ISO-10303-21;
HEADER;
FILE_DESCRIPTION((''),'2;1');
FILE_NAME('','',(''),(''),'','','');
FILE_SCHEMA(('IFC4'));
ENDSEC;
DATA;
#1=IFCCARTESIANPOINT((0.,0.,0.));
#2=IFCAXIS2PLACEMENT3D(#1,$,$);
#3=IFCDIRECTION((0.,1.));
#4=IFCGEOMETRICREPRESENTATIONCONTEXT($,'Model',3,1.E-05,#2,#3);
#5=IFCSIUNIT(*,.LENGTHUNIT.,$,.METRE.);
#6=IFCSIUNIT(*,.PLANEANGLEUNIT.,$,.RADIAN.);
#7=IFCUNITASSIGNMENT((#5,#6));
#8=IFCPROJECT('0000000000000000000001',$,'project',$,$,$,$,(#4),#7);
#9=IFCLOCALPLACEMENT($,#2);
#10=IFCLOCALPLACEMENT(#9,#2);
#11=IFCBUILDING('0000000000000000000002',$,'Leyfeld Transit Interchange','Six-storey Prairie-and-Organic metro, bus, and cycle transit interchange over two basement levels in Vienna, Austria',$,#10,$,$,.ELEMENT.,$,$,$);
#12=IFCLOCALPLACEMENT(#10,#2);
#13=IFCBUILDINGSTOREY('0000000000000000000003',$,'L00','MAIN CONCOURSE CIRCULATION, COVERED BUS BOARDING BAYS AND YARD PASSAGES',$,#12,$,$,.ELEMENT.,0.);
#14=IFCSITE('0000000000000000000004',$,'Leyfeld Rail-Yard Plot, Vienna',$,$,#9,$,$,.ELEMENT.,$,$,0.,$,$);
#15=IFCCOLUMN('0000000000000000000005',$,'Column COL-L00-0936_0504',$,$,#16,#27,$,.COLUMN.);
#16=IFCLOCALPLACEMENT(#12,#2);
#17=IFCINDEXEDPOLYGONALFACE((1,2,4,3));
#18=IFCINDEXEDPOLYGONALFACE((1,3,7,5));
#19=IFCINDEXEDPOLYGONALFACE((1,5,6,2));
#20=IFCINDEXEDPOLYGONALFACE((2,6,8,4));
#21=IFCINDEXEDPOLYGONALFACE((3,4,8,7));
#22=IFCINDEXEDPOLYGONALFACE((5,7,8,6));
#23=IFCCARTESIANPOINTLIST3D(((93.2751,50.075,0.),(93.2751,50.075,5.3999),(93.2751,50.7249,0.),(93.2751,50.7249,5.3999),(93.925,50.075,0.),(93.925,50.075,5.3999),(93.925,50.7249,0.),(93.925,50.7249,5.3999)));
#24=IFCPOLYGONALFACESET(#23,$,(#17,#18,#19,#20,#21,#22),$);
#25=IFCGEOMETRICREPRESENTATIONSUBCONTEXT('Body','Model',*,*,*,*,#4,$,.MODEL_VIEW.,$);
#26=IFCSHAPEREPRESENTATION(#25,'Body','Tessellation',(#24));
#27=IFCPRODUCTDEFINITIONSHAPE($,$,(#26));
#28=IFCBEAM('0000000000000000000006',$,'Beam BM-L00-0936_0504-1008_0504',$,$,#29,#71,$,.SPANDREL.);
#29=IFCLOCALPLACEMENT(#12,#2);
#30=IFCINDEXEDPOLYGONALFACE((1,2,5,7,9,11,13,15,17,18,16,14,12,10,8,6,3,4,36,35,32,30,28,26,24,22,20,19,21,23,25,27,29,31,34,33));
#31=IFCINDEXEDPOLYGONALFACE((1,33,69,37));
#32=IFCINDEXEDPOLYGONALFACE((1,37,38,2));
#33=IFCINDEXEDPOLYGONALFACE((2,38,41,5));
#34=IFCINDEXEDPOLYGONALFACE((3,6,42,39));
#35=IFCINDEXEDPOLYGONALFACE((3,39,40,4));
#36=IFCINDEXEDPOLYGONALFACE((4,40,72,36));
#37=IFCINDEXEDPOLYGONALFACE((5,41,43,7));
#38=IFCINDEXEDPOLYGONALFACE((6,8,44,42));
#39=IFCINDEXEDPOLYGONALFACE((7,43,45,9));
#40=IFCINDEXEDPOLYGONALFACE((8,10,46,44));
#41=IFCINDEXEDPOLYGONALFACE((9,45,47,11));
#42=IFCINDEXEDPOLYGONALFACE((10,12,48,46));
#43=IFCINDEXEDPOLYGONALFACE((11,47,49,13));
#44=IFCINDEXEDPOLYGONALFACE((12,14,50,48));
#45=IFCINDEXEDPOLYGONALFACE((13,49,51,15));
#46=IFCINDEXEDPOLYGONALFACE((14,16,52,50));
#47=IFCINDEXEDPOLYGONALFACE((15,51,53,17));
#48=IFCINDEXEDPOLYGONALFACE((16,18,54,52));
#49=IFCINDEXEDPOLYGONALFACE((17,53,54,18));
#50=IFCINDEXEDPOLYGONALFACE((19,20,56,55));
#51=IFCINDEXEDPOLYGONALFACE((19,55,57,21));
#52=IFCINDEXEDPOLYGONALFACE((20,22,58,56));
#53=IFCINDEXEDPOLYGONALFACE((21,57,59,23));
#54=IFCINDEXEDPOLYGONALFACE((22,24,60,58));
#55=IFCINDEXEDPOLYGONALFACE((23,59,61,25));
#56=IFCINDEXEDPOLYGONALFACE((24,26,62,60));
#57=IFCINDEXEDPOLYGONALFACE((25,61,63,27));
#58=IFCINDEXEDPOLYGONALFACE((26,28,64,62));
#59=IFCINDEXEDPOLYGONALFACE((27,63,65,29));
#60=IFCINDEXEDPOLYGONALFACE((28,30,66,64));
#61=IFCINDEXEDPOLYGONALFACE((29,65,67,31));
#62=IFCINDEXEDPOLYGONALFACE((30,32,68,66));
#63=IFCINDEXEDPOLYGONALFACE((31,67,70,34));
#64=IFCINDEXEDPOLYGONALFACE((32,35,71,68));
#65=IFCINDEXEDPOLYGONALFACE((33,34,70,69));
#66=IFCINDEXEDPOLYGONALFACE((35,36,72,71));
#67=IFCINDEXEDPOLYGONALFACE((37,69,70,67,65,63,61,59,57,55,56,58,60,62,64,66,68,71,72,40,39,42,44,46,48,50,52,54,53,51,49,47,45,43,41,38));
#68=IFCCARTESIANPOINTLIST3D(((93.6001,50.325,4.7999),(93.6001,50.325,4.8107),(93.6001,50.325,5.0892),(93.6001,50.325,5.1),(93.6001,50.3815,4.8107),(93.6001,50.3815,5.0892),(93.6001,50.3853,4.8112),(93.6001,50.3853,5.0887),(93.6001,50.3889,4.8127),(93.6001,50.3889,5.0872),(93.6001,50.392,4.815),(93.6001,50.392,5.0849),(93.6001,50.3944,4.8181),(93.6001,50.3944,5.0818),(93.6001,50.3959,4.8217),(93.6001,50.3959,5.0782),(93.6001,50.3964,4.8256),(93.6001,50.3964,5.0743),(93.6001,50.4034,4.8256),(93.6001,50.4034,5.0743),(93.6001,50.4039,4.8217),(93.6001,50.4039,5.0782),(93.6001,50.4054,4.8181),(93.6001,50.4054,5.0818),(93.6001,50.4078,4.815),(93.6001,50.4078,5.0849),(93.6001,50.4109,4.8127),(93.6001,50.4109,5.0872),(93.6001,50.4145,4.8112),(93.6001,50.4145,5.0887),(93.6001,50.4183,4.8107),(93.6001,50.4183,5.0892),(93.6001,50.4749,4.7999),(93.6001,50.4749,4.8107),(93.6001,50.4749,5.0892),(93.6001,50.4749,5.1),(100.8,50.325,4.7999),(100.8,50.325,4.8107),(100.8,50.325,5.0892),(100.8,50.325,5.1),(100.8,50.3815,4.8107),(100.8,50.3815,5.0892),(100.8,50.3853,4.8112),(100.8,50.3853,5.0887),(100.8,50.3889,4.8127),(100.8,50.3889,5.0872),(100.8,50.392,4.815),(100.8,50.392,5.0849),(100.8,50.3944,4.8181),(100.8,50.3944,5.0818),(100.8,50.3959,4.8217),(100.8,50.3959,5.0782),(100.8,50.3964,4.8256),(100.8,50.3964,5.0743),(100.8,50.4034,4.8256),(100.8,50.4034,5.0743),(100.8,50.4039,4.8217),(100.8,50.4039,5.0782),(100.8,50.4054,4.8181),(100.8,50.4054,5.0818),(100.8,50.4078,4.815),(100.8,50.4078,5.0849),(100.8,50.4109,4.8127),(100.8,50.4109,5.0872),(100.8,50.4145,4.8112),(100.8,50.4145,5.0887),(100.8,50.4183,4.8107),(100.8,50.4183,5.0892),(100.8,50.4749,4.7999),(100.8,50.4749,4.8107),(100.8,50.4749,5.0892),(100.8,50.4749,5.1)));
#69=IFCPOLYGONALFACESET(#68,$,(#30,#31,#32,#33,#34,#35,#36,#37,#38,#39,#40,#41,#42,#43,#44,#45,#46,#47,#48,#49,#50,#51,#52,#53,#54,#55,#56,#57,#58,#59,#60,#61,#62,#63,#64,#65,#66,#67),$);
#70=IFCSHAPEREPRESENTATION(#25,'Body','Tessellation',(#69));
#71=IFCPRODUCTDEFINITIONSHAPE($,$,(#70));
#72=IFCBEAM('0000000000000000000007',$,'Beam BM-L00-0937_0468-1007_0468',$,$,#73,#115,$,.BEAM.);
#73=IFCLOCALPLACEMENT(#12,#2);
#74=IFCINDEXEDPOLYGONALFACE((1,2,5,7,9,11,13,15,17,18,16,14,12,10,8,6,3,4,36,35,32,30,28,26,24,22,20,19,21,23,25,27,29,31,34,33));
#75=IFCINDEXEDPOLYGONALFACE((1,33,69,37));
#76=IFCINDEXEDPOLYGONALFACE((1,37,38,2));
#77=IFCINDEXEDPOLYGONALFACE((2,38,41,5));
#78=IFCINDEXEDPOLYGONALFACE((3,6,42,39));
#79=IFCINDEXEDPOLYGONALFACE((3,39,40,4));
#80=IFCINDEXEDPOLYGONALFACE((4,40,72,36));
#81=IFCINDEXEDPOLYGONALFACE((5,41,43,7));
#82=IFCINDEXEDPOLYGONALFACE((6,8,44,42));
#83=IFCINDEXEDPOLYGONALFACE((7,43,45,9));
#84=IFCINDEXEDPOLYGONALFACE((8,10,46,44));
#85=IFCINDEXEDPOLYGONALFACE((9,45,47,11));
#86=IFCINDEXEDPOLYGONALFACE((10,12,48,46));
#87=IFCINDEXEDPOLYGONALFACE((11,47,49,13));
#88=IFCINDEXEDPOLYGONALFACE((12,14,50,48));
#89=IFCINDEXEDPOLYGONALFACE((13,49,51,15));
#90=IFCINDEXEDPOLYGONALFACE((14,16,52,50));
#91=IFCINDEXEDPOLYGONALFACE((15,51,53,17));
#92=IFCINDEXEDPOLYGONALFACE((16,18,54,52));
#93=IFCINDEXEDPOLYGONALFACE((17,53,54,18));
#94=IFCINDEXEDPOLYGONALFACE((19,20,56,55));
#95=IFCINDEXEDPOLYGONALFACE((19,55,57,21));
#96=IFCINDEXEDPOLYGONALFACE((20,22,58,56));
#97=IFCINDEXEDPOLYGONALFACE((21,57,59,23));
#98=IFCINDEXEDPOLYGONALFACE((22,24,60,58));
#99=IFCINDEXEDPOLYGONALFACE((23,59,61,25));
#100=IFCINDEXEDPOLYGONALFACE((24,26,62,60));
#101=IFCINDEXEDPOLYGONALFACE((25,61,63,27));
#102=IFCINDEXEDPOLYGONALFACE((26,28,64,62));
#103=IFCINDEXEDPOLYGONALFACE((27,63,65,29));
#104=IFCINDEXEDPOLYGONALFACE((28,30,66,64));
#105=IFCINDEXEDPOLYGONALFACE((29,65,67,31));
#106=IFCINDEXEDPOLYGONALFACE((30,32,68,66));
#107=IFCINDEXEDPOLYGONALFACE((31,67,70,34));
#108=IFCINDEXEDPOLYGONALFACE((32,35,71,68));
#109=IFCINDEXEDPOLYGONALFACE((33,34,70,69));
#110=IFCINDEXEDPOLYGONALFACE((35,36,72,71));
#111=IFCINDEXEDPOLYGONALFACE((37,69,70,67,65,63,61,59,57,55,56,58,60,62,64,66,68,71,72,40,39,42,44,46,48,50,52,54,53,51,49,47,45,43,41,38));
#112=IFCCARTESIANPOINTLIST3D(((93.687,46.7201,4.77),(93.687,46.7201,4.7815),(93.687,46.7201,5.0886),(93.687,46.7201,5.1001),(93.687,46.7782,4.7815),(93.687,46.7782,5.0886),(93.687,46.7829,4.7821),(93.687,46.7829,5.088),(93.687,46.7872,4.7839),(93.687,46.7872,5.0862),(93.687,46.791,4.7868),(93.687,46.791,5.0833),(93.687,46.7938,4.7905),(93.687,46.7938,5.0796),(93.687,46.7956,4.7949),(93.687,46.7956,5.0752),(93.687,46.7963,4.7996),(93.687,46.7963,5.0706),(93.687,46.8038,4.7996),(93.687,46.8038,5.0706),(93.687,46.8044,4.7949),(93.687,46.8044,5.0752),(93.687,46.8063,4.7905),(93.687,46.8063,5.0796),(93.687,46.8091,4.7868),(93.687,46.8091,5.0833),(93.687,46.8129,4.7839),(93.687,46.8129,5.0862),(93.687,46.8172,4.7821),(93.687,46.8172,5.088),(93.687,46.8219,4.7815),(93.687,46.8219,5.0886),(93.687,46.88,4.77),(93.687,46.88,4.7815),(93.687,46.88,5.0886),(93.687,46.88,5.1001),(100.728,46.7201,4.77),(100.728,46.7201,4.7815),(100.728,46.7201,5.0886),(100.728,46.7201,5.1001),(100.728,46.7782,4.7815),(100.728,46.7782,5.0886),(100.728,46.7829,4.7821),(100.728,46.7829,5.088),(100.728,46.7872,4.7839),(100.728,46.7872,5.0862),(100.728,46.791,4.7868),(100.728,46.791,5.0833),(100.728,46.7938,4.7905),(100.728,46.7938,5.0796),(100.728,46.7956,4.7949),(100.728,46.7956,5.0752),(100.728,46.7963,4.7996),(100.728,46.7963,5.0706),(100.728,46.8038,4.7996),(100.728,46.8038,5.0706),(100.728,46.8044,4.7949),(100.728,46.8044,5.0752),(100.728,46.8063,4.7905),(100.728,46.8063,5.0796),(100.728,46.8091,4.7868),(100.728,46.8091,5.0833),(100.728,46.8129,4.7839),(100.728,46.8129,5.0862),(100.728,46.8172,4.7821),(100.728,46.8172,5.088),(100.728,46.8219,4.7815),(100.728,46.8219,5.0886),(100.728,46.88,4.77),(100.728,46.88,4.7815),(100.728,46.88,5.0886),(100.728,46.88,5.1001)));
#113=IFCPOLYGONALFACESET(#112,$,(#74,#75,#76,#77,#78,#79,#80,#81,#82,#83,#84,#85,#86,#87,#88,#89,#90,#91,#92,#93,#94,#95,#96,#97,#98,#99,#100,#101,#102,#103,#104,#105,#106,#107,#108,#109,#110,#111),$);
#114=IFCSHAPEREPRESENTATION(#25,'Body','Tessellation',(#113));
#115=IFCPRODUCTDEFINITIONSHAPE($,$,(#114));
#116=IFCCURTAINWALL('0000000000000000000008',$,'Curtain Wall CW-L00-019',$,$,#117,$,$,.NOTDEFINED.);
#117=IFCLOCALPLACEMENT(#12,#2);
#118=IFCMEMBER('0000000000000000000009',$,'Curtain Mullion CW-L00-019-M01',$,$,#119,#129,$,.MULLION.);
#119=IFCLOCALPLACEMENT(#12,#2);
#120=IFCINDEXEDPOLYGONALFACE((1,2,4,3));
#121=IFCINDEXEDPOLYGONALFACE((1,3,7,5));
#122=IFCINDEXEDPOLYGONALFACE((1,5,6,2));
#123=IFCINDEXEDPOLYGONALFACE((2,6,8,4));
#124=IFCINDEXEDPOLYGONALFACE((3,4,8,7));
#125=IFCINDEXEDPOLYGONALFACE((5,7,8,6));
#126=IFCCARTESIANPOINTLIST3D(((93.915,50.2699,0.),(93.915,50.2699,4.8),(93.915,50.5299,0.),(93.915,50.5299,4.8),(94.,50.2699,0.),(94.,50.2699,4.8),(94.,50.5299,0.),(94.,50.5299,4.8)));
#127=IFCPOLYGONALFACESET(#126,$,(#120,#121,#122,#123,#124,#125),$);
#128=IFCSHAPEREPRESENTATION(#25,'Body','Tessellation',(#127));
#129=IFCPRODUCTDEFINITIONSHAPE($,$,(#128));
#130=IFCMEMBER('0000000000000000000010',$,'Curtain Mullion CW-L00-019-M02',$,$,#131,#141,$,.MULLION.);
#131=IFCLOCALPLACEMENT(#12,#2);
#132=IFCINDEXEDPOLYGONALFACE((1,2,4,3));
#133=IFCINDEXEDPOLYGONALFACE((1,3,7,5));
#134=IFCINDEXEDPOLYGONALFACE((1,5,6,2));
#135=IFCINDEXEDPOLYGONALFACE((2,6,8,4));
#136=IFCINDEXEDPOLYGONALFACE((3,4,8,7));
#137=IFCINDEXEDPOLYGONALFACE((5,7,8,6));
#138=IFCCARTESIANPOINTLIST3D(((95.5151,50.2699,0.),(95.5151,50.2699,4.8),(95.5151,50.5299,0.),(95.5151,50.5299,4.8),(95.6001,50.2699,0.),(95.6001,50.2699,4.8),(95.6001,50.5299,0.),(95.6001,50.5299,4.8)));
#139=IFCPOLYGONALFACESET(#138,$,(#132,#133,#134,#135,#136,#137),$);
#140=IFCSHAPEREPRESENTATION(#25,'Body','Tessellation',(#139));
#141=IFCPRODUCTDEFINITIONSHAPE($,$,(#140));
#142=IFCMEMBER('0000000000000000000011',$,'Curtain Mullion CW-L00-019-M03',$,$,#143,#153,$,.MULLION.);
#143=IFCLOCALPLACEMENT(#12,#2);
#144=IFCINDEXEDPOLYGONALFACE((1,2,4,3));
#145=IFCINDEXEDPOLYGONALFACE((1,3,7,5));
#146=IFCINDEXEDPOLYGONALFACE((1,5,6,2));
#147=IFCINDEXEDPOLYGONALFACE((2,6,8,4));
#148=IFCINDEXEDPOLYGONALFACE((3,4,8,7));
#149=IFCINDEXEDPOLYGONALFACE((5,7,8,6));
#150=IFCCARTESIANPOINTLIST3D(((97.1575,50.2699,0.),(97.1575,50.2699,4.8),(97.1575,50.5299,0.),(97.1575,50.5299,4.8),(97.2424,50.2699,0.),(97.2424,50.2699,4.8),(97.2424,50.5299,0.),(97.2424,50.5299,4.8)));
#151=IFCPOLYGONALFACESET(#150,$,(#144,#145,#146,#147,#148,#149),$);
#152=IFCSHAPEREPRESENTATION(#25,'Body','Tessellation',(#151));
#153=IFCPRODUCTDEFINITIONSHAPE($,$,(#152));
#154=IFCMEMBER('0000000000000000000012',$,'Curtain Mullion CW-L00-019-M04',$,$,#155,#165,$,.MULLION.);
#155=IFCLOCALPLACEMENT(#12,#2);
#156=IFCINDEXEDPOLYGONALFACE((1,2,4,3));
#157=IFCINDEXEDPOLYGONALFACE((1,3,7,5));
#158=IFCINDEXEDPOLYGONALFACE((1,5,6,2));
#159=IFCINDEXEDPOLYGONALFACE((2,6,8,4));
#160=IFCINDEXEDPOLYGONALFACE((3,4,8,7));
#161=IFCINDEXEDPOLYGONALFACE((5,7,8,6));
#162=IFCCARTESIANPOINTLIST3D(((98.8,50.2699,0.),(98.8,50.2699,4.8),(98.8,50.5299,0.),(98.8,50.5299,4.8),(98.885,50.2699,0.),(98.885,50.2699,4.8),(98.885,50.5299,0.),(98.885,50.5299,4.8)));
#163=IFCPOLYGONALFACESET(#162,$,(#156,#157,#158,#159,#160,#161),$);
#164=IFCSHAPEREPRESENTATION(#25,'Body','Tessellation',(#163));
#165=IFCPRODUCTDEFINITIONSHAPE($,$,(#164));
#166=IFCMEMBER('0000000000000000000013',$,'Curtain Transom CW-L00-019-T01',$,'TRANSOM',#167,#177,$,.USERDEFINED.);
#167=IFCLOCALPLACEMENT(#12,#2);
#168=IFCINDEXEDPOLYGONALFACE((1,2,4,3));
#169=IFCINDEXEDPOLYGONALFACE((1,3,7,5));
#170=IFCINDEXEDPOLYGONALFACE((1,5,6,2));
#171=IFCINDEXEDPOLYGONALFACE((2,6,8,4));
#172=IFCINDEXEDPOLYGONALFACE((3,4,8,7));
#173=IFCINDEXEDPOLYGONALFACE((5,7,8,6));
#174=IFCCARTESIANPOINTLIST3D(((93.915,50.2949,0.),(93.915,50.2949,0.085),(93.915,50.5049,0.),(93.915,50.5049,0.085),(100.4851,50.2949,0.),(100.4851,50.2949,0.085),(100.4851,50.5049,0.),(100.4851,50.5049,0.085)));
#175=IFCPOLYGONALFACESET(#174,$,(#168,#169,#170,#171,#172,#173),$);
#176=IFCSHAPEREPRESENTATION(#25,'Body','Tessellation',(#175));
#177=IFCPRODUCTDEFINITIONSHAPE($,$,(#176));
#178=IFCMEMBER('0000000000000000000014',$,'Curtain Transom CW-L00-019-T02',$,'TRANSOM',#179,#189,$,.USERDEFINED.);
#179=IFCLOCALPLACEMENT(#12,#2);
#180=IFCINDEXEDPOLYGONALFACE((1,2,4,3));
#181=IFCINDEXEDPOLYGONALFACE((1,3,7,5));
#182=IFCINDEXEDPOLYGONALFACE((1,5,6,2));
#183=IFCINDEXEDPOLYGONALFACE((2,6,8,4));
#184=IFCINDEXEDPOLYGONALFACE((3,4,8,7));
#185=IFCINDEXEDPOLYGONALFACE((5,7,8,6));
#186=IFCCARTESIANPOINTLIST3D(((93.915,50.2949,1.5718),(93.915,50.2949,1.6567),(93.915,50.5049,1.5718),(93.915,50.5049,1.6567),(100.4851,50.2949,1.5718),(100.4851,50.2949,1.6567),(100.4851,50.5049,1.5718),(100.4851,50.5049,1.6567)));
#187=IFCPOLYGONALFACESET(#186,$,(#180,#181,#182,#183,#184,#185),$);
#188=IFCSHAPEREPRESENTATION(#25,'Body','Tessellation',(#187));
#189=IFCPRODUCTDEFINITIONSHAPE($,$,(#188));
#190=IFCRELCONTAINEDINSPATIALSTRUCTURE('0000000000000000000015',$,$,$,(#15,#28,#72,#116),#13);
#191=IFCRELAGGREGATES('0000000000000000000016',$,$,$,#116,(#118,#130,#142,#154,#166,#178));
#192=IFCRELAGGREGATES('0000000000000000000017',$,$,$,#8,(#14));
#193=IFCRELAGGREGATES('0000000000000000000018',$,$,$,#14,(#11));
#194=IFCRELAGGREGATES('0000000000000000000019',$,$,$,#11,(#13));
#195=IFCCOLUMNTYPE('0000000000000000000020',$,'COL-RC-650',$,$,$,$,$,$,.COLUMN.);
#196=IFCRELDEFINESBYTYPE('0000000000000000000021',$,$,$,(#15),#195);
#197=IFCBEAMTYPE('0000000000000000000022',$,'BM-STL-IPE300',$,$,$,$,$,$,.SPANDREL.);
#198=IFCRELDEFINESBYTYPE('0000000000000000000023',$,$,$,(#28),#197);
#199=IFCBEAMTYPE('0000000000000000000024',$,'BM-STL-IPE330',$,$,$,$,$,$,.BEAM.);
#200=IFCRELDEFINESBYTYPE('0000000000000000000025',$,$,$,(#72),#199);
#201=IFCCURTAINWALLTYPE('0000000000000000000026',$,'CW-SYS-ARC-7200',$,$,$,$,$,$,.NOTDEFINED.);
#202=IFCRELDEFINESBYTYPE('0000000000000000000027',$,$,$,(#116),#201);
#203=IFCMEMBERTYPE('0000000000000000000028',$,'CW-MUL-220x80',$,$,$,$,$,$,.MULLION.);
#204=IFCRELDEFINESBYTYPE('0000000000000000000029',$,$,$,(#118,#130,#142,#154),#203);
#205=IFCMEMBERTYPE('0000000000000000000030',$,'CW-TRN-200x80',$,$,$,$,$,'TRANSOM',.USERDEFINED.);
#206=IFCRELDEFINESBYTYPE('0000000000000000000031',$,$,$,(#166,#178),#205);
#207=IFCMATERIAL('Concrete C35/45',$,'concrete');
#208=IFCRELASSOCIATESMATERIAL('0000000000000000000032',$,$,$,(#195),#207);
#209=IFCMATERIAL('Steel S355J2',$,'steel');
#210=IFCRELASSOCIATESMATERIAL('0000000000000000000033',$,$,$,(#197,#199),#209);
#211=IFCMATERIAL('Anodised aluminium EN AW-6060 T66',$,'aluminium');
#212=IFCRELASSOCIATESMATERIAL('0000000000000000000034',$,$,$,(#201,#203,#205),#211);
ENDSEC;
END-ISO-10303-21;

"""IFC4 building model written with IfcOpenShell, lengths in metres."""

from ifc_helpers import new_model, si_unit, direction, frame, origin, origin_2d, place, context, subcontext, project, spatial, rectangle, i_section, extrude, material, material_profile, profile_set, type_object, element, aggregate, save


model = new_model("IFC4")

# Units and contexts
model_context = context("Model", 3, precision=1e-05, world=origin(), true_north=direction((0.0, 1.0)))
body_context = subcontext(model_context, "Body", "Model", "MODEL_VIEW")
ifc_project = project(units=[si_unit("LENGTHUNIT", "METRE"), si_unit("PLANEANGLEUNIT", "RADIAN")], contexts=[model_context])

# Site, building, storey
site_placement = place(None, origin())
site = spatial("IfcSite", under=ifc_project, at=site_placement, Name="Leyfeld Rail-Yard Plot, Vienna", CompositionType="ELEMENT", RefElevation=0.0)
building_placement = place(site_placement, origin())
building = spatial("IfcBuilding", under=site, at=building_placement, Name="Leyfeld Transit Interchange", Description="Six-storey Prairie-and-Organic metro, bus, and cycle transit interchange over two basement levels in Vienna, Austria", CompositionType="ELEMENT")
storey_placement = place(building_placement, origin())
storey = spatial("IfcBuildingStorey", under=building, at=storey_placement, Name="L00", Description="MAIN CONCOURSE CIRCULATION, COVERED BUS BOARDING BAYS AND YARD PASSAGES", CompositionType="ELEMENT", Elevation=0.0)

# Column
ifc_material_1 = material(Name="Concrete C35/45", Category="concrete")
ifc_material_profile_1 = material_profile(ifc_material_1, rectangle(XDim=0.6499, YDim=0.6499, at=origin_2d()), Name="RC 650x650")
ifc_profile_set_1 = profile_set([ifc_material_profile_1], Name="Concrete C35/45")
column_type = type_object("IfcColumnType", Name="COL-RC-650", PredefinedType="COLUMN", material=ifc_profile_set_1)
column_placement = place(storey_placement, frame((93.6001, 50.3999, 0.0), z_axis=(0.0, 0.0, 1.0), x_axis=(1.0, 0.0, 0.0)))
element("IfcColumn", 1, at=column_placement, inside=storey, type_object=column_type, Name="Column COL-L00-0936_0504", PredefinedType="COLUMN", context=body_context, shape_type="SweptSolid", body=[
    extrude(rectangle(XDim=0.6499, YDim=0.6499, at=origin_2d()), origin(), (0.0, 0.0, 1.0), 5.3999),
])

# Beams
ifc_material_2 = material(Name="Steel S355J2", Category="steel")
ifc_material_profile_2 = material_profile(ifc_material_2, i_section(OverallWidth=0.1499, OverallDepth=0.3, WebThickness=0.0071, FlangeThickness=0.0107, FilletRadius=0.0149, at=origin_2d()), Name="IPE 300")
ifc_profile_set_2 = profile_set([ifc_material_profile_2], Name="Steel S355J2")
beam_type_1 = type_object("IfcBeamType", Name="BM-STL-IPE300", PredefinedType="SPANDREL", material=ifc_profile_set_2)
beam_1_placement = place(storey_placement, frame((93.6001, 50.3999, 4.95), z_axis=(1.0, 0.0, 0.0), x_axis=(0.0, 1.0, 0.0)))
element("IfcBeam", 2, at=beam_1_placement, inside=storey, type_object=beam_type_1, Name="Beam BM-L00-0936_0504-1008_0504", PredefinedType="SPANDREL", context=body_context, shape_type="SweptSolid", body=[
    extrude(i_section(OverallWidth=0.1499, OverallDepth=0.3, WebThickness=0.0071, FlangeThickness=0.0107, FilletRadius=0.0149, at=origin_2d()), origin(), (0.0, 0.0, 1.0), 7.2),
])
ifc_material_profile_3 = material_profile(ifc_material_2, i_section(OverallWidth=0.1599, OverallDepth=0.3301, WebThickness=0.0076, FlangeThickness=0.0115, FilletRadius=0.0181, at=origin_2d()), Name="IPE 330")
ifc_profile_set_3 = profile_set([ifc_material_profile_3], Name="Steel S355J2")
beam_type_2 = type_object("IfcBeamType", Name="BM-STL-IPE330", PredefinedType="BEAM", material=ifc_profile_set_3)
beam_2_placement = place(storey_placement, frame((93.687, 46.8, 4.9351), z_axis=(1.0, 0.0, 0.0), x_axis=(0.0, 1.0, 0.0)))
element("IfcBeam", 3, at=beam_2_placement, inside=storey, type_object=beam_type_2, Name="Beam BM-L00-0937_0468-1007_0468", PredefinedType="BEAM", context=body_context, shape_type="SweptSolid", body=[
    extrude(i_section(OverallWidth=0.1599, OverallDepth=0.3301, WebThickness=0.0076, FlangeThickness=0.0115, FilletRadius=0.0181, at=origin_2d()), origin(), (0.0, 0.0, 1.0), 7.041),
])

# Curtain wall, members
ifc_material_3 = material(Name="Anodised aluminium EN AW-6060 T66", Category="aluminium")
curtain_wall_type = type_object("IfcCurtainWallType", Name="CW-SYS-ARC-7200", PredefinedType="NOTDEFINED", material=ifc_material_3)
curtain_wall_placement = place(storey_placement, origin())
curtain_wall = element("IfcCurtainWall", 4, at=curtain_wall_placement, inside=storey, type_object=curtain_wall_type, Name="Curtain Wall CW-L00-019", PredefinedType="NOTDEFINED")
ifc_material_profile_4 = material_profile(ifc_material_3, rectangle(XDim=0.085, YDim=0.26, at=origin_2d()), Name="CW-M 85x260")
ifc_profile_set_4 = profile_set([ifc_material_profile_4], Name="Anodised aluminium EN AW-6060 T66")
member_type_1 = type_object("IfcMemberType", Name="CW-MUL-220x80", PredefinedType="MULLION", material=ifc_profile_set_4)
member_1_placement = place(storey_placement, frame((93.9575, 50.3999, 0.0), z_axis=(0.0, 0.0, 1.0), x_axis=(1.0, 0.0, 0.0)))
member_1 = element("IfcMember", 5, at=member_1_placement, type_object=member_type_1, Name="Curtain Mullion CW-L00-019-M01", PredefinedType="MULLION", context=body_context, shape_type="SweptSolid", body=[
    extrude(rectangle(XDim=0.085, YDim=0.26, at=origin_2d()), origin(), (0.0, 0.0, 1.0), 4.8),
])
member_2_placement = place(storey_placement, frame((95.5576, 50.3999, 0.0), z_axis=(0.0, 0.0, 1.0), x_axis=(1.0, 0.0, 0.0)))
member_2 = element("IfcMember", 6, at=member_2_placement, type_object=member_type_1, Name="Curtain Mullion CW-L00-019-M02", PredefinedType="MULLION", context=body_context, shape_type="SweptSolid", body=[
    extrude(rectangle(XDim=0.085, YDim=0.26, at=origin_2d()), origin(), (0.0, 0.0, 1.0), 4.8),
])
member_3_placement = place(storey_placement, frame((97.2, 50.3999, 0.0), z_axis=(0.0, 0.0, 1.0), x_axis=(1.0, 0.0, 0.0)))
member_3 = element("IfcMember", 7, at=member_3_placement, type_object=member_type_1, Name="Curtain Mullion CW-L00-019-M03", PredefinedType="MULLION", context=body_context, shape_type="SweptSolid", body=[
    extrude(rectangle(XDim=0.085, YDim=0.26, at=origin_2d()), origin(), (0.0, 0.0, 1.0), 4.8),
])
member_4_placement = place(storey_placement, frame((98.8425, 50.3999, 0.0), z_axis=(0.0, 0.0, 1.0), x_axis=(1.0, 0.0, 0.0)))
member_4 = element("IfcMember", 8, at=member_4_placement, type_object=member_type_1, Name="Curtain Mullion CW-L00-019-M04", PredefinedType="MULLION", context=body_context, shape_type="SweptSolid", body=[
    extrude(rectangle(XDim=0.085, YDim=0.26, at=origin_2d()), origin(), (0.0, 0.0, 1.0), 4.8),
])
ifc_material_profile_5 = material_profile(ifc_material_3, rectangle(XDim=0.21, YDim=0.085, at=origin_2d()), Name="CW-TRN-200x80")
ifc_profile_set_5 = profile_set([ifc_material_profile_5], Name="Anodised aluminium EN AW-6060 T66")
member_type_2 = type_object("IfcMemberType", Name="CW-TRN-200x80", ElementType="TRANSOM", PredefinedType="USERDEFINED", material=ifc_profile_set_5)
member_5_placement = place(storey_placement, frame((93.915, 50.3999, 0.0425), z_axis=(1.0, 0.0, 0.0), x_axis=(0.0, 1.0, 0.0)))
member_5 = element("IfcMember", 9, at=member_5_placement, type_object=member_type_2, Name="Curtain Transom CW-L00-019-T01", ObjectType="TRANSOM", PredefinedType="USERDEFINED", context=body_context, shape_type="SweptSolid", body=[
    extrude(rectangle(XDim=0.21, YDim=0.085, at=origin_2d()), origin(), (0.0, 0.0, 1.0), 6.5701),
])
member_6_placement = place(storey_placement, frame((93.915, 50.3999, 1.6143), z_axis=(1.0, 0.0, 0.0), x_axis=(0.0, 1.0, 0.0)))
member_6 = element("IfcMember", 10, at=member_6_placement, type_object=member_type_2, Name="Curtain Transom CW-L00-019-T02", ObjectType="TRANSOM", PredefinedType="USERDEFINED", context=body_context, shape_type="SweptSolid", body=[
    extrude(rectangle(XDim=0.21, YDim=0.085, at=origin_2d()), origin(), (0.0, 0.0, 1.0), 6.5701),
])
aggregate(curtain_wall, [member_1, member_2, member_3, member_4, member_5, member_6])

save(model, "model.ifc")
